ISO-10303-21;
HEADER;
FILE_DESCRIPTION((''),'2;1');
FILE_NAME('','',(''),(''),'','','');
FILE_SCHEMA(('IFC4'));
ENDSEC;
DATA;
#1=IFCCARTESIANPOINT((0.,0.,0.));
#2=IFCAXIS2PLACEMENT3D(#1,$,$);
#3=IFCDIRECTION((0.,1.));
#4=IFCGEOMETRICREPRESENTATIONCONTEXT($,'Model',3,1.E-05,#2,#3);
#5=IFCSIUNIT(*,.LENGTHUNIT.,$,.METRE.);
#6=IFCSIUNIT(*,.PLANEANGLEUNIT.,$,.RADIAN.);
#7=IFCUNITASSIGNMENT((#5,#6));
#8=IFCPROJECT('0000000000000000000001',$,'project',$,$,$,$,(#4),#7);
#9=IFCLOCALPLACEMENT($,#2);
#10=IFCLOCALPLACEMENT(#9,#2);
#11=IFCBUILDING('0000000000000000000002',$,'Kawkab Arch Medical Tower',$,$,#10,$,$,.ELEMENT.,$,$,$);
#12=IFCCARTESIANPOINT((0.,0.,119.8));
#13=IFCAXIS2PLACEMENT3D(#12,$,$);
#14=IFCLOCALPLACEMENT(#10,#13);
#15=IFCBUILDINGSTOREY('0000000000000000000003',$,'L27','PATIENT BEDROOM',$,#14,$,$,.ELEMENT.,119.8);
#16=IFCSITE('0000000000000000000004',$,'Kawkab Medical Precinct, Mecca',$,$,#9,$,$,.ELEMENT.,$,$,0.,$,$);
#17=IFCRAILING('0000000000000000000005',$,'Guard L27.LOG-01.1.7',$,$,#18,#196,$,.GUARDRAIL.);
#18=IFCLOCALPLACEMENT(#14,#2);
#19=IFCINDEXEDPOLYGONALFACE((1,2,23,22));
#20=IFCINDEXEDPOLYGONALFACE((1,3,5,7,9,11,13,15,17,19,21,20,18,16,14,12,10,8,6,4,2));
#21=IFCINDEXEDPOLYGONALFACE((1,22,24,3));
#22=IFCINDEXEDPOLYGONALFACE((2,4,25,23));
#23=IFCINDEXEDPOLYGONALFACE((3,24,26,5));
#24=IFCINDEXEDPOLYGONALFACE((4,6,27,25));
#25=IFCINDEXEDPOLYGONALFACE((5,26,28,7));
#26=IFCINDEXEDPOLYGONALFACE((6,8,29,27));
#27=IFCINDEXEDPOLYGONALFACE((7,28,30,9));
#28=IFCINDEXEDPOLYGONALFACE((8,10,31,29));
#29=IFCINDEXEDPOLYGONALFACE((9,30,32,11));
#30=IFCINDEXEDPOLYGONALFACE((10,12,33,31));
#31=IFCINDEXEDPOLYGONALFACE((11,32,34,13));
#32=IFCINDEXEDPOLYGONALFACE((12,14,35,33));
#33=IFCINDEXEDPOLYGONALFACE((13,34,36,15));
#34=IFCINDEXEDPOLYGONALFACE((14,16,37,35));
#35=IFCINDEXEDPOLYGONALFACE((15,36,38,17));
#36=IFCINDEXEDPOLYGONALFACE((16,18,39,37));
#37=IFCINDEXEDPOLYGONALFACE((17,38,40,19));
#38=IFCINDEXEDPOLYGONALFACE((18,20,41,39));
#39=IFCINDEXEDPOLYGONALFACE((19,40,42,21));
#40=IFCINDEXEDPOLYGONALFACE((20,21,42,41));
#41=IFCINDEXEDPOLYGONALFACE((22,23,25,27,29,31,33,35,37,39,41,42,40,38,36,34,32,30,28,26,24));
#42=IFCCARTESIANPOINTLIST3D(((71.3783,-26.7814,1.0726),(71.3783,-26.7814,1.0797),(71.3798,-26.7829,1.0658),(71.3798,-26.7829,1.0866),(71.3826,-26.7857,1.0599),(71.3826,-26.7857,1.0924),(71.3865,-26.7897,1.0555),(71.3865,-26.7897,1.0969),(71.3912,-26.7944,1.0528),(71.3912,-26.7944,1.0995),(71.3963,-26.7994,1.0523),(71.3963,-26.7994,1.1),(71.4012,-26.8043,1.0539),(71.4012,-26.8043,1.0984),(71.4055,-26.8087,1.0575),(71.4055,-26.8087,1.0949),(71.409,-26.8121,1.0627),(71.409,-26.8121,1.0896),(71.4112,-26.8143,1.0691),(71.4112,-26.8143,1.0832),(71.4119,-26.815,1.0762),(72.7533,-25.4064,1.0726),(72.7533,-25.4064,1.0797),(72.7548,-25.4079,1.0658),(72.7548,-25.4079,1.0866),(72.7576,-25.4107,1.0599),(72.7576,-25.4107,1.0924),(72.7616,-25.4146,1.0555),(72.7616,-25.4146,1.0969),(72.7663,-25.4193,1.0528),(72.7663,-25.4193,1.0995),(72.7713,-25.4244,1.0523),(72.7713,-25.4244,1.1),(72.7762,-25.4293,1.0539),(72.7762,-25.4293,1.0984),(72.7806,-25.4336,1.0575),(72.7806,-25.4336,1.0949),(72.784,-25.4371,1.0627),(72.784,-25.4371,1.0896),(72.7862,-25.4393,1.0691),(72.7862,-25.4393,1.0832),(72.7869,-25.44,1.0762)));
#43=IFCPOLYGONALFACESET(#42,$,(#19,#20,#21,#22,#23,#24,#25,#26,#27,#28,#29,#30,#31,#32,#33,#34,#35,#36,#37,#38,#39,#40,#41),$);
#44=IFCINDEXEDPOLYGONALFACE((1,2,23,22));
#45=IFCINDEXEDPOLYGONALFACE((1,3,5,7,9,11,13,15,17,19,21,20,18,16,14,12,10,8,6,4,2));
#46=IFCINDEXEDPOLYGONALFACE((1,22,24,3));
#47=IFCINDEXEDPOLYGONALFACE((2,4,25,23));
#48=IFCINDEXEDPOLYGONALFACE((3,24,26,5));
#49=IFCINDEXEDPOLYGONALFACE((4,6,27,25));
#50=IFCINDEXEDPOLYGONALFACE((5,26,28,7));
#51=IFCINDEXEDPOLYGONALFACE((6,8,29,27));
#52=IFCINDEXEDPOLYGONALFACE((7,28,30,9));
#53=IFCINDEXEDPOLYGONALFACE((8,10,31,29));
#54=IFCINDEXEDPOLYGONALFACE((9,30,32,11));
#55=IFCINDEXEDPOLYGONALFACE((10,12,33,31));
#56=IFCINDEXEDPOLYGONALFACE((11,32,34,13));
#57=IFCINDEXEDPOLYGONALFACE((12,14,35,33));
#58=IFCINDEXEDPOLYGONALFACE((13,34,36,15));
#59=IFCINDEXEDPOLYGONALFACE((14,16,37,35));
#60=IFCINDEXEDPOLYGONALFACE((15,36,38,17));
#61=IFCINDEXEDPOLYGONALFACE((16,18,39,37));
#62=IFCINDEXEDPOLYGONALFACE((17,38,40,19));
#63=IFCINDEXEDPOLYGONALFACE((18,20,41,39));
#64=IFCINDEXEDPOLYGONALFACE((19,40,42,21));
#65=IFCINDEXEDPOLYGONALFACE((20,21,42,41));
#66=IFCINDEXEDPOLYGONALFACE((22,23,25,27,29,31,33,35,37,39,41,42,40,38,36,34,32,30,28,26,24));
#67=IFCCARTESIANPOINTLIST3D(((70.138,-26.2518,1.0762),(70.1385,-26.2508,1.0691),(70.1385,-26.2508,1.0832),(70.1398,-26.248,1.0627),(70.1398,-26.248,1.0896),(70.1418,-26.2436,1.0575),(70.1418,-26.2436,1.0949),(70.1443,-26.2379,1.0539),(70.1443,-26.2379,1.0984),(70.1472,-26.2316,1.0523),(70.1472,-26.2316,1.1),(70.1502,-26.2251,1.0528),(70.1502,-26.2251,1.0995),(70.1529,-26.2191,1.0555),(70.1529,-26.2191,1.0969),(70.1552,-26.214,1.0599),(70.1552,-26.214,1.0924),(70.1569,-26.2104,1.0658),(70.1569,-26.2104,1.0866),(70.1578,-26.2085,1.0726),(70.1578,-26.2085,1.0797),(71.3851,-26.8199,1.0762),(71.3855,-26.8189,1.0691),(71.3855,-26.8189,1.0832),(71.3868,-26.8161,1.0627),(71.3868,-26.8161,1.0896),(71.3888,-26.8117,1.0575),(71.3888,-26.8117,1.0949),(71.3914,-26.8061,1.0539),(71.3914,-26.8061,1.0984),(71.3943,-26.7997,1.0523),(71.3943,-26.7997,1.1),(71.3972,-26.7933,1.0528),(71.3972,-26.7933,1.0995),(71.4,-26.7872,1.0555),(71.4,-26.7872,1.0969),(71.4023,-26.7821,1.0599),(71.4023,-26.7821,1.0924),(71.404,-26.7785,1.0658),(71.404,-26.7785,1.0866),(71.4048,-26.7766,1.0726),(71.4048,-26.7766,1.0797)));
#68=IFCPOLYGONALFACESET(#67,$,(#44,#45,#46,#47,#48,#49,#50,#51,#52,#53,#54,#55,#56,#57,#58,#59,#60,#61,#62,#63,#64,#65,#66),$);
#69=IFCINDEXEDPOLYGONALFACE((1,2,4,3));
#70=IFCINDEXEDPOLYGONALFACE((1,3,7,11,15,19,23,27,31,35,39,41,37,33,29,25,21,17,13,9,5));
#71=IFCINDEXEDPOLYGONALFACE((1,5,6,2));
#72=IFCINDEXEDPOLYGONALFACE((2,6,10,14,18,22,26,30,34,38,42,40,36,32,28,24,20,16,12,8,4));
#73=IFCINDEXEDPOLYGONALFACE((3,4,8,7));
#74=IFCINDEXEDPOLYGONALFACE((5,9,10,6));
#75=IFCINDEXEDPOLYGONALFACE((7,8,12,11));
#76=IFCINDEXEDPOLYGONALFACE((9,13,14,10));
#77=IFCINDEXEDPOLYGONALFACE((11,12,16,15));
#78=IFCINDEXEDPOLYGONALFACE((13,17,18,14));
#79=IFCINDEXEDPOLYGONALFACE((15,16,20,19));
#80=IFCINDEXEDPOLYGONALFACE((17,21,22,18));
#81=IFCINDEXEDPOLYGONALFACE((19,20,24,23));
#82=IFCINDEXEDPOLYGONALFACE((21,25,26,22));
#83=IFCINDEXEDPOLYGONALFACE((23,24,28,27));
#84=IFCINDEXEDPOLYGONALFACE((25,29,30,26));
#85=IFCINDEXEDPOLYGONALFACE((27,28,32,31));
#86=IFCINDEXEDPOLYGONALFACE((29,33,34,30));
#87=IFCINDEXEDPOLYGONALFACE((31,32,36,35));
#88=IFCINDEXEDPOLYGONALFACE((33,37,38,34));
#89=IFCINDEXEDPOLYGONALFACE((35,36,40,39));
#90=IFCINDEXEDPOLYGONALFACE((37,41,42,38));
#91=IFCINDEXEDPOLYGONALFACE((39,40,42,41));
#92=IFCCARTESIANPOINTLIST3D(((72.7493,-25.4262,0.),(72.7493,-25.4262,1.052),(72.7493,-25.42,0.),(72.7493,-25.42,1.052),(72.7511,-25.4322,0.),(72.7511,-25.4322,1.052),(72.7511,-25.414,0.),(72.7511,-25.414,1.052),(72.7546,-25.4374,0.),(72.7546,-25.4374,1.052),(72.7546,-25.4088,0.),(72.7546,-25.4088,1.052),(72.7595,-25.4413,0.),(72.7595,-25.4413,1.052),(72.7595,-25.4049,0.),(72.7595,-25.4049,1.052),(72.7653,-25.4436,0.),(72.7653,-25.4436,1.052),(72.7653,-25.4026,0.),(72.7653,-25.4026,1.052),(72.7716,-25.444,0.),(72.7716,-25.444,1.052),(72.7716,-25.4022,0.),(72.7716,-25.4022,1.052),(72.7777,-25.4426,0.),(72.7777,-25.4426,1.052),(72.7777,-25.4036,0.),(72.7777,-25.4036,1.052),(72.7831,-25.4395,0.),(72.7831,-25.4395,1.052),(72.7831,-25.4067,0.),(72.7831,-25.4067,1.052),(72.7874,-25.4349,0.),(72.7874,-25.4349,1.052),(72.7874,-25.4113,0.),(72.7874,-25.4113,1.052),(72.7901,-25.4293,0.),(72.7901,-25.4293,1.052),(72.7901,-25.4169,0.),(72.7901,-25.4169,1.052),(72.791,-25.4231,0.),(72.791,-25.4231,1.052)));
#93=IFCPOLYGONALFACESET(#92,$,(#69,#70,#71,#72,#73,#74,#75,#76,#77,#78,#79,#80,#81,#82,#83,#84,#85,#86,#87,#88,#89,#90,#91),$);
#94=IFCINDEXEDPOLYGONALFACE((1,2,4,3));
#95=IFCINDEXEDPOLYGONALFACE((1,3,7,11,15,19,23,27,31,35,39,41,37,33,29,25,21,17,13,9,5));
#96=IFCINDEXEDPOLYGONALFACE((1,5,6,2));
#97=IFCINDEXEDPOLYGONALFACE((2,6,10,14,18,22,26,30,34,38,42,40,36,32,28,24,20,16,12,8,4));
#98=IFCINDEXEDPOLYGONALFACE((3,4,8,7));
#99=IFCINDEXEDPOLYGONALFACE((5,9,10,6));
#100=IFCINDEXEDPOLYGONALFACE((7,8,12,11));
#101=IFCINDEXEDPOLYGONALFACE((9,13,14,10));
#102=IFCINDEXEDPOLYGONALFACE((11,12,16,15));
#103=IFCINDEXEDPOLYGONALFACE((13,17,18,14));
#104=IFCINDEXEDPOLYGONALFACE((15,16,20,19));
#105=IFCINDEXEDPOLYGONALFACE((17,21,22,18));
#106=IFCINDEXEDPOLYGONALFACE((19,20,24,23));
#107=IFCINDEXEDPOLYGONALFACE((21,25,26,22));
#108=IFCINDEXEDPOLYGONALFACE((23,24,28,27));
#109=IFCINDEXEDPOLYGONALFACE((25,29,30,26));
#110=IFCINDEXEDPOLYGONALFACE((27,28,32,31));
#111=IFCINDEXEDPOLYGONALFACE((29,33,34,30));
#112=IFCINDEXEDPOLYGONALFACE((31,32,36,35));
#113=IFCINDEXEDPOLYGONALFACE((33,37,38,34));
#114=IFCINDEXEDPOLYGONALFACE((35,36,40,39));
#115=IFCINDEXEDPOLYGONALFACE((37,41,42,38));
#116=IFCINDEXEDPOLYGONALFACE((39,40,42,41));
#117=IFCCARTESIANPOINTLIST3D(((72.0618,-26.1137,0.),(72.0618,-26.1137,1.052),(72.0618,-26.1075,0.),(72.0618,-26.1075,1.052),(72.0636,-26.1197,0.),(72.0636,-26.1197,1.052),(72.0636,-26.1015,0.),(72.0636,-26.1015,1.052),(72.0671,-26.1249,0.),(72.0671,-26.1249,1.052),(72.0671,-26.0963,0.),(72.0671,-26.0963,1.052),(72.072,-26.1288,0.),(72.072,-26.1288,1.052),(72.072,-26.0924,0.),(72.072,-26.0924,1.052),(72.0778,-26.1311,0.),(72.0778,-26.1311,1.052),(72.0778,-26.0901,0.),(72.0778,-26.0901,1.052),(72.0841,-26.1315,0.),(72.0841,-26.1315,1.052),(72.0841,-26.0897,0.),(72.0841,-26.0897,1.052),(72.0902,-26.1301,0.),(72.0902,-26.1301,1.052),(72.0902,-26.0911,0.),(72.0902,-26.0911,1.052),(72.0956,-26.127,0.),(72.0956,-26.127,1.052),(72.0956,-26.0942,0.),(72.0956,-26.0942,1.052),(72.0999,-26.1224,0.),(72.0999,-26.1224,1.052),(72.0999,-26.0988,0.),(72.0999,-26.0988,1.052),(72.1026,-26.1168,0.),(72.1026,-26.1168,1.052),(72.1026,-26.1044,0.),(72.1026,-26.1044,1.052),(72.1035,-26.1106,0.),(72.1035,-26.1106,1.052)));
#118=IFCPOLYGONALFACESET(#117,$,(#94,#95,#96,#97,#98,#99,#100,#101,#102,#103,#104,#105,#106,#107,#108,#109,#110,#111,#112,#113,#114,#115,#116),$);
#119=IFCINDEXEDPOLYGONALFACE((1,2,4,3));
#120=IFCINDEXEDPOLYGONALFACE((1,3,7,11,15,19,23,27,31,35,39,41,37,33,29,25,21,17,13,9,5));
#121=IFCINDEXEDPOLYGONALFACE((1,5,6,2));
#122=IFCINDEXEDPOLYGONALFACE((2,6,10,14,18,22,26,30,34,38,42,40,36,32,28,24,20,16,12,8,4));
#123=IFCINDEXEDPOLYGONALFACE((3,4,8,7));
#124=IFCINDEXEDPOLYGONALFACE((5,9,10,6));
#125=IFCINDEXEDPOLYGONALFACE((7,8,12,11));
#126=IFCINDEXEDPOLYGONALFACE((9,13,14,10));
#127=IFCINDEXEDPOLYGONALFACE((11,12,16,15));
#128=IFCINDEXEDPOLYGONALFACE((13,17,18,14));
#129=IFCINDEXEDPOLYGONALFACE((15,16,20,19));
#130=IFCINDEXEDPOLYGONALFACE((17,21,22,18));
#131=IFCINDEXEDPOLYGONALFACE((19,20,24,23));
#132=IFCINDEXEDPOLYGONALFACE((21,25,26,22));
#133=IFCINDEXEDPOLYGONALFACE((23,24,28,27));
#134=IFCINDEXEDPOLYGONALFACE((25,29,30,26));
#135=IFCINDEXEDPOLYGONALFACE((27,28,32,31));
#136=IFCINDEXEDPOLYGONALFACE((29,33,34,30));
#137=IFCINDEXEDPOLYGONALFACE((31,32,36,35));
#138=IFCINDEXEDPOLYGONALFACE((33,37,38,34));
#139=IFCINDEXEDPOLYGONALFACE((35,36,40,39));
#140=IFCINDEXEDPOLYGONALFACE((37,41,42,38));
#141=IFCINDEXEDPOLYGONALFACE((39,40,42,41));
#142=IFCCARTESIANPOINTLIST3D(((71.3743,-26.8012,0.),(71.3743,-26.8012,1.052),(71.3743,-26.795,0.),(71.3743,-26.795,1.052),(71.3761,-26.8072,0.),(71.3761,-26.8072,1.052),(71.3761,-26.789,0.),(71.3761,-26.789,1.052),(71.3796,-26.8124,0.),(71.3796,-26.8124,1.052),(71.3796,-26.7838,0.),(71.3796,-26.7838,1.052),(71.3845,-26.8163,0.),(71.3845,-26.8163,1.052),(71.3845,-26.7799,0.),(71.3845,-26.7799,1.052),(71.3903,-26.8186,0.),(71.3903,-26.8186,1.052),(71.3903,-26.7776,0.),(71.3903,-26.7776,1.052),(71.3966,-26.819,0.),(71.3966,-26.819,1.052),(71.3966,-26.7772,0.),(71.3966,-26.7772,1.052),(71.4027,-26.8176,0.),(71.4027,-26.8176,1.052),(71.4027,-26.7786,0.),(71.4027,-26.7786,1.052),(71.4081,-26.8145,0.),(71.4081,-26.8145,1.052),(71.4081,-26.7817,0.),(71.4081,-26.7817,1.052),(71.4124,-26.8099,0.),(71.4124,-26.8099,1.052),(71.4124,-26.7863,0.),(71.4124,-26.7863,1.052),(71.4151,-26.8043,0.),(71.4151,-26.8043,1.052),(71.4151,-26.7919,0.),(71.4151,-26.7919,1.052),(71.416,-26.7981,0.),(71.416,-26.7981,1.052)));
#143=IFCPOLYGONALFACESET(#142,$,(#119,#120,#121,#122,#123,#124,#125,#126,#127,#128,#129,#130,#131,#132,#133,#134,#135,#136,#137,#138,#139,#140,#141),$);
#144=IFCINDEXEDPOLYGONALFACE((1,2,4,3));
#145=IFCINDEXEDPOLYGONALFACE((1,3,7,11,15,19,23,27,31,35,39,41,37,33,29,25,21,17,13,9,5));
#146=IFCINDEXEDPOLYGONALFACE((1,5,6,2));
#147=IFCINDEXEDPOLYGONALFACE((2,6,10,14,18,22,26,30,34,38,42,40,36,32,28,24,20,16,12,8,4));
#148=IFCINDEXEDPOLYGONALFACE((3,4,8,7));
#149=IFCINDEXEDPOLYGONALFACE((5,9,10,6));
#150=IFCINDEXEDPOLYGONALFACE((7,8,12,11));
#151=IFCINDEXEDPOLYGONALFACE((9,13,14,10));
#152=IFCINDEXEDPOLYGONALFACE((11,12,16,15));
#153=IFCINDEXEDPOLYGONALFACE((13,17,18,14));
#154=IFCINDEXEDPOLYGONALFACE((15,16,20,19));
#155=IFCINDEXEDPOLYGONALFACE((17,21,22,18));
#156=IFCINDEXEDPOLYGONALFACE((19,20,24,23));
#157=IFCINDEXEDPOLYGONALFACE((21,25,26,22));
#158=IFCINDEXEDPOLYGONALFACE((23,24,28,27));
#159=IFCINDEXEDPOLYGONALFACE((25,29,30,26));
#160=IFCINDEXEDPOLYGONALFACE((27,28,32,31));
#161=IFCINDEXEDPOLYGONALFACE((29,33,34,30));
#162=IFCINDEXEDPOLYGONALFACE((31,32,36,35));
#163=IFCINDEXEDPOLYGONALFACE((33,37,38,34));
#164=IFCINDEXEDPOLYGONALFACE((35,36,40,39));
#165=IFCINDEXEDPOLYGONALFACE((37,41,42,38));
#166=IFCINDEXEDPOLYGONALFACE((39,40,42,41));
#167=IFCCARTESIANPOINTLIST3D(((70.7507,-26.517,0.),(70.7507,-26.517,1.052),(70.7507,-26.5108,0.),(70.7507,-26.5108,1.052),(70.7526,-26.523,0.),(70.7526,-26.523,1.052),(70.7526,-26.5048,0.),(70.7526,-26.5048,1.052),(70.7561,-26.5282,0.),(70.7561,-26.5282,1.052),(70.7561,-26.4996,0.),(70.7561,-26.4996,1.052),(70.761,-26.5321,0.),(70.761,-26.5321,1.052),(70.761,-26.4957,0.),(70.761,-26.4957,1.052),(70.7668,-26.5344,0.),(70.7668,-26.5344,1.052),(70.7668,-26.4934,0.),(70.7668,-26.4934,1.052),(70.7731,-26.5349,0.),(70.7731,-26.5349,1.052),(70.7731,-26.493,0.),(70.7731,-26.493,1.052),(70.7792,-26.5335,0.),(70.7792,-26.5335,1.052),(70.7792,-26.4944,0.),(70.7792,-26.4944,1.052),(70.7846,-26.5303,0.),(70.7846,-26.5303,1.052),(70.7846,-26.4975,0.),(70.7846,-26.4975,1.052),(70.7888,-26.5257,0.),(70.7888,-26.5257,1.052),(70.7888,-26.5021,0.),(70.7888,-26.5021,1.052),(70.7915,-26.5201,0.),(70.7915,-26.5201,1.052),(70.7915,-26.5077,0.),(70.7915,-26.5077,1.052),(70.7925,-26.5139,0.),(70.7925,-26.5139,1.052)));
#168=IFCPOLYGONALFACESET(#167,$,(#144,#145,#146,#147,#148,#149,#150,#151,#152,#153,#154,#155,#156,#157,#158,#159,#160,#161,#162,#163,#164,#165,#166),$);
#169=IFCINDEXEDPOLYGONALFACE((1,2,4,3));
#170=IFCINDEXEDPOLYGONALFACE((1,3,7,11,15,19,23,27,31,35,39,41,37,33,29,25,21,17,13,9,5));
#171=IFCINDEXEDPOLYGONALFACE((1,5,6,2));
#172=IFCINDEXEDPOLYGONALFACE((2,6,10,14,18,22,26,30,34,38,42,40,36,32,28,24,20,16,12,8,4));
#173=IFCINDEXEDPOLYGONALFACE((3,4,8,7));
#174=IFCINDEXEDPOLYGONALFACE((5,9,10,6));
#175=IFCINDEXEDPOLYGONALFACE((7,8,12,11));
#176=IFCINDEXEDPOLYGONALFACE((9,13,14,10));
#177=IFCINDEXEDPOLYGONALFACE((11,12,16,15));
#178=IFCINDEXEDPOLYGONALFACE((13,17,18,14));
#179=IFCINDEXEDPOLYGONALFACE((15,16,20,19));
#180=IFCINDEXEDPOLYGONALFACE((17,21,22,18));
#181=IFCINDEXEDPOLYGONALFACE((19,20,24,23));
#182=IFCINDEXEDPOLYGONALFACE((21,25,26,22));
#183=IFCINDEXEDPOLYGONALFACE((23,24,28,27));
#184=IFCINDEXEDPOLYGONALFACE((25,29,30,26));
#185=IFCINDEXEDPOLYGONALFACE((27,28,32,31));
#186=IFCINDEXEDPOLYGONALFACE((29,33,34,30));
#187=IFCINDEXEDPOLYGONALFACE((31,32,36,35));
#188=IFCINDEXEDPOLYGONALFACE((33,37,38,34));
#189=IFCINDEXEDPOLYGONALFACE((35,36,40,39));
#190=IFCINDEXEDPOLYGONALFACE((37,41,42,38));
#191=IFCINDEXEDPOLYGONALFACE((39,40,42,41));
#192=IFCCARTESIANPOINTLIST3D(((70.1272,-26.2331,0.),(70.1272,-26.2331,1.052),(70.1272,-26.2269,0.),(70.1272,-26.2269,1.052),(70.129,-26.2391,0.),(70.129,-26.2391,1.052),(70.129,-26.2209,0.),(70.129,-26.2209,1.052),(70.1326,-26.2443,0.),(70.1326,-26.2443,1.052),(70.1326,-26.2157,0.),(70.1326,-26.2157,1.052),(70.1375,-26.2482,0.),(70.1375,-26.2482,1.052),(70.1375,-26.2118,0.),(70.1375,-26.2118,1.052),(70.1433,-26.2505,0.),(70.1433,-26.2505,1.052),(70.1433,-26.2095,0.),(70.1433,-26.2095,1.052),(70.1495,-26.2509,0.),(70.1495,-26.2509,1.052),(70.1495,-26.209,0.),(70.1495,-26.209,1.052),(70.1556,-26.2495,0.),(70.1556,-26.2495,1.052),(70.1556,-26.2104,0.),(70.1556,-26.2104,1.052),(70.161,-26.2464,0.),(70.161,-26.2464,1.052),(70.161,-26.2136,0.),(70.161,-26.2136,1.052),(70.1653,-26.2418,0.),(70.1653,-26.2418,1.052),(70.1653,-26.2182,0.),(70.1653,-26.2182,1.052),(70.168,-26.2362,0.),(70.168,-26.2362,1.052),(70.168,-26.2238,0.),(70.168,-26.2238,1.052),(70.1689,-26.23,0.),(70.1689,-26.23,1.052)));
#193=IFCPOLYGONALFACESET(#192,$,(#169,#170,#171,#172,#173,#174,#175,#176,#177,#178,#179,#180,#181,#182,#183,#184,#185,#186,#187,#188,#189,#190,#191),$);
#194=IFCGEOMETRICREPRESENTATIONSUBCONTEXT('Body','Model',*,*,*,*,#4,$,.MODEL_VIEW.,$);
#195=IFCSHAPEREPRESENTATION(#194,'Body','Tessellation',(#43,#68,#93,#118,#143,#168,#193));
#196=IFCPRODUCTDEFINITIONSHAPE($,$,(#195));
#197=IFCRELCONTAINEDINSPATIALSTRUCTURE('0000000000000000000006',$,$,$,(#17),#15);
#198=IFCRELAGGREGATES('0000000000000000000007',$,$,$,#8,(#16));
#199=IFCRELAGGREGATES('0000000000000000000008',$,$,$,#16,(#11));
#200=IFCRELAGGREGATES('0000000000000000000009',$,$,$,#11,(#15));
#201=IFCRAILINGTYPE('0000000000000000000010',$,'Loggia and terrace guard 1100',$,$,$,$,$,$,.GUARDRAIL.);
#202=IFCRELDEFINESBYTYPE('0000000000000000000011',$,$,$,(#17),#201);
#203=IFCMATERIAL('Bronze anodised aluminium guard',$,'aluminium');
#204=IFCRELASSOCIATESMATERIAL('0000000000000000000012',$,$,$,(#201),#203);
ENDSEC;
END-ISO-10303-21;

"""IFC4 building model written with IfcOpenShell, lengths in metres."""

from ifc_helpers import new_model, si_unit, direction, frame, origin, origin_2d, place, context, subcontext, project, spatial, circle, extrude, material, type_object, element, save


model = new_model("IFC4")

# Units and contexts
model_context = context("Model", 3, precision=1e-05, world=origin(), true_north=direction((0.0, 1.0)))
body_context = subcontext(model_context, "Body", "Model", "MODEL_VIEW")
ifc_project = project(units=[si_unit("LENGTHUNIT", "METRE"), si_unit("PLANEANGLEUNIT", "RADIAN")], contexts=[model_context])

# Site, building, storey
site_placement = place(None, origin())
site = spatial("IfcSite", under=ifc_project, at=site_placement, Name="Kawkab Medical Precinct, Mecca", CompositionType="ELEMENT", RefElevation=0.0)
building_placement = place(site_placement, origin())
building = spatial("IfcBuilding", under=site, at=building_placement, Name="Kawkab Arch Medical Tower", CompositionType="ELEMENT")
storey_placement = place(building_placement, frame((0.0, 0.0, 119.8)))
storey = spatial("IfcBuildingStorey", under=building, at=storey_placement, Name="L27", Description="PATIENT BEDROOM", CompositionType="ELEMENT", Elevation=119.8)

# Railing
ifc_material_1 = material(Name="Bronze anodised aluminium guard", Category="aluminium")
railing_type_1 = type_object("IfcRailingType", Name="Loggia and terrace guard 1100", PredefinedType="GUARDRAIL", material=ifc_material_1)
railing_1_placement = place(storey_placement, frame((72.77, -25.4231, 0.0)))
element("IfcRailing", 1, at=railing_1_placement, inside=storey, type_object=railing_type_1, Name="Guard L27.LOG-01.1.7", PredefinedType="GUARDRAIL", context=body_context, shape_type="SweptSolid", body=[
    extrude(circle(Radius=0.0239, at=origin_2d()), frame((0.0, 0.0, 1.0762), z_axis=(-0.707107, -0.707107, 0.0), x_axis=(0.707107, -0.707107, 0.0)), (0.0, 0.0, 1.0), 1.9446),
    extrude(circle(Radius=0.0239, at=origin_2d()), frame((-1.375, -1.375, 1.0762), z_axis=(-0.910018, 0.414568, 0.0), x_axis=(-0.414568, -0.910018, 0.0)), (0.0, 0.0, 1.0), 1.3704),
    extrude(circle(Radius=0.021, at=origin_2d()), origin(), (0.0, 0.0, 1.0), 1.052),
    extrude(circle(Radius=0.021, at=origin_2d()), frame((-0.6875, -0.6875, 0.0)), (0.0, 0.0, 1.0), 1.052),
    extrude(circle(Radius=0.021, at=origin_2d()), frame((-1.375, -1.375, 0.0)), (0.0, 0.0, 1.0), 1.052),
    extrude(circle(Radius=0.021, at=origin_2d()), frame((-1.9985, -1.0908, 0.0)), (0.0, 0.0, 1.0), 1.052),
    extrude(circle(Radius=0.021, at=origin_2d()), frame((-2.6221, -0.8069, 0.0)), (0.0, 0.0, 1.0), 1.052),
])

save(model, "model.ifc")
